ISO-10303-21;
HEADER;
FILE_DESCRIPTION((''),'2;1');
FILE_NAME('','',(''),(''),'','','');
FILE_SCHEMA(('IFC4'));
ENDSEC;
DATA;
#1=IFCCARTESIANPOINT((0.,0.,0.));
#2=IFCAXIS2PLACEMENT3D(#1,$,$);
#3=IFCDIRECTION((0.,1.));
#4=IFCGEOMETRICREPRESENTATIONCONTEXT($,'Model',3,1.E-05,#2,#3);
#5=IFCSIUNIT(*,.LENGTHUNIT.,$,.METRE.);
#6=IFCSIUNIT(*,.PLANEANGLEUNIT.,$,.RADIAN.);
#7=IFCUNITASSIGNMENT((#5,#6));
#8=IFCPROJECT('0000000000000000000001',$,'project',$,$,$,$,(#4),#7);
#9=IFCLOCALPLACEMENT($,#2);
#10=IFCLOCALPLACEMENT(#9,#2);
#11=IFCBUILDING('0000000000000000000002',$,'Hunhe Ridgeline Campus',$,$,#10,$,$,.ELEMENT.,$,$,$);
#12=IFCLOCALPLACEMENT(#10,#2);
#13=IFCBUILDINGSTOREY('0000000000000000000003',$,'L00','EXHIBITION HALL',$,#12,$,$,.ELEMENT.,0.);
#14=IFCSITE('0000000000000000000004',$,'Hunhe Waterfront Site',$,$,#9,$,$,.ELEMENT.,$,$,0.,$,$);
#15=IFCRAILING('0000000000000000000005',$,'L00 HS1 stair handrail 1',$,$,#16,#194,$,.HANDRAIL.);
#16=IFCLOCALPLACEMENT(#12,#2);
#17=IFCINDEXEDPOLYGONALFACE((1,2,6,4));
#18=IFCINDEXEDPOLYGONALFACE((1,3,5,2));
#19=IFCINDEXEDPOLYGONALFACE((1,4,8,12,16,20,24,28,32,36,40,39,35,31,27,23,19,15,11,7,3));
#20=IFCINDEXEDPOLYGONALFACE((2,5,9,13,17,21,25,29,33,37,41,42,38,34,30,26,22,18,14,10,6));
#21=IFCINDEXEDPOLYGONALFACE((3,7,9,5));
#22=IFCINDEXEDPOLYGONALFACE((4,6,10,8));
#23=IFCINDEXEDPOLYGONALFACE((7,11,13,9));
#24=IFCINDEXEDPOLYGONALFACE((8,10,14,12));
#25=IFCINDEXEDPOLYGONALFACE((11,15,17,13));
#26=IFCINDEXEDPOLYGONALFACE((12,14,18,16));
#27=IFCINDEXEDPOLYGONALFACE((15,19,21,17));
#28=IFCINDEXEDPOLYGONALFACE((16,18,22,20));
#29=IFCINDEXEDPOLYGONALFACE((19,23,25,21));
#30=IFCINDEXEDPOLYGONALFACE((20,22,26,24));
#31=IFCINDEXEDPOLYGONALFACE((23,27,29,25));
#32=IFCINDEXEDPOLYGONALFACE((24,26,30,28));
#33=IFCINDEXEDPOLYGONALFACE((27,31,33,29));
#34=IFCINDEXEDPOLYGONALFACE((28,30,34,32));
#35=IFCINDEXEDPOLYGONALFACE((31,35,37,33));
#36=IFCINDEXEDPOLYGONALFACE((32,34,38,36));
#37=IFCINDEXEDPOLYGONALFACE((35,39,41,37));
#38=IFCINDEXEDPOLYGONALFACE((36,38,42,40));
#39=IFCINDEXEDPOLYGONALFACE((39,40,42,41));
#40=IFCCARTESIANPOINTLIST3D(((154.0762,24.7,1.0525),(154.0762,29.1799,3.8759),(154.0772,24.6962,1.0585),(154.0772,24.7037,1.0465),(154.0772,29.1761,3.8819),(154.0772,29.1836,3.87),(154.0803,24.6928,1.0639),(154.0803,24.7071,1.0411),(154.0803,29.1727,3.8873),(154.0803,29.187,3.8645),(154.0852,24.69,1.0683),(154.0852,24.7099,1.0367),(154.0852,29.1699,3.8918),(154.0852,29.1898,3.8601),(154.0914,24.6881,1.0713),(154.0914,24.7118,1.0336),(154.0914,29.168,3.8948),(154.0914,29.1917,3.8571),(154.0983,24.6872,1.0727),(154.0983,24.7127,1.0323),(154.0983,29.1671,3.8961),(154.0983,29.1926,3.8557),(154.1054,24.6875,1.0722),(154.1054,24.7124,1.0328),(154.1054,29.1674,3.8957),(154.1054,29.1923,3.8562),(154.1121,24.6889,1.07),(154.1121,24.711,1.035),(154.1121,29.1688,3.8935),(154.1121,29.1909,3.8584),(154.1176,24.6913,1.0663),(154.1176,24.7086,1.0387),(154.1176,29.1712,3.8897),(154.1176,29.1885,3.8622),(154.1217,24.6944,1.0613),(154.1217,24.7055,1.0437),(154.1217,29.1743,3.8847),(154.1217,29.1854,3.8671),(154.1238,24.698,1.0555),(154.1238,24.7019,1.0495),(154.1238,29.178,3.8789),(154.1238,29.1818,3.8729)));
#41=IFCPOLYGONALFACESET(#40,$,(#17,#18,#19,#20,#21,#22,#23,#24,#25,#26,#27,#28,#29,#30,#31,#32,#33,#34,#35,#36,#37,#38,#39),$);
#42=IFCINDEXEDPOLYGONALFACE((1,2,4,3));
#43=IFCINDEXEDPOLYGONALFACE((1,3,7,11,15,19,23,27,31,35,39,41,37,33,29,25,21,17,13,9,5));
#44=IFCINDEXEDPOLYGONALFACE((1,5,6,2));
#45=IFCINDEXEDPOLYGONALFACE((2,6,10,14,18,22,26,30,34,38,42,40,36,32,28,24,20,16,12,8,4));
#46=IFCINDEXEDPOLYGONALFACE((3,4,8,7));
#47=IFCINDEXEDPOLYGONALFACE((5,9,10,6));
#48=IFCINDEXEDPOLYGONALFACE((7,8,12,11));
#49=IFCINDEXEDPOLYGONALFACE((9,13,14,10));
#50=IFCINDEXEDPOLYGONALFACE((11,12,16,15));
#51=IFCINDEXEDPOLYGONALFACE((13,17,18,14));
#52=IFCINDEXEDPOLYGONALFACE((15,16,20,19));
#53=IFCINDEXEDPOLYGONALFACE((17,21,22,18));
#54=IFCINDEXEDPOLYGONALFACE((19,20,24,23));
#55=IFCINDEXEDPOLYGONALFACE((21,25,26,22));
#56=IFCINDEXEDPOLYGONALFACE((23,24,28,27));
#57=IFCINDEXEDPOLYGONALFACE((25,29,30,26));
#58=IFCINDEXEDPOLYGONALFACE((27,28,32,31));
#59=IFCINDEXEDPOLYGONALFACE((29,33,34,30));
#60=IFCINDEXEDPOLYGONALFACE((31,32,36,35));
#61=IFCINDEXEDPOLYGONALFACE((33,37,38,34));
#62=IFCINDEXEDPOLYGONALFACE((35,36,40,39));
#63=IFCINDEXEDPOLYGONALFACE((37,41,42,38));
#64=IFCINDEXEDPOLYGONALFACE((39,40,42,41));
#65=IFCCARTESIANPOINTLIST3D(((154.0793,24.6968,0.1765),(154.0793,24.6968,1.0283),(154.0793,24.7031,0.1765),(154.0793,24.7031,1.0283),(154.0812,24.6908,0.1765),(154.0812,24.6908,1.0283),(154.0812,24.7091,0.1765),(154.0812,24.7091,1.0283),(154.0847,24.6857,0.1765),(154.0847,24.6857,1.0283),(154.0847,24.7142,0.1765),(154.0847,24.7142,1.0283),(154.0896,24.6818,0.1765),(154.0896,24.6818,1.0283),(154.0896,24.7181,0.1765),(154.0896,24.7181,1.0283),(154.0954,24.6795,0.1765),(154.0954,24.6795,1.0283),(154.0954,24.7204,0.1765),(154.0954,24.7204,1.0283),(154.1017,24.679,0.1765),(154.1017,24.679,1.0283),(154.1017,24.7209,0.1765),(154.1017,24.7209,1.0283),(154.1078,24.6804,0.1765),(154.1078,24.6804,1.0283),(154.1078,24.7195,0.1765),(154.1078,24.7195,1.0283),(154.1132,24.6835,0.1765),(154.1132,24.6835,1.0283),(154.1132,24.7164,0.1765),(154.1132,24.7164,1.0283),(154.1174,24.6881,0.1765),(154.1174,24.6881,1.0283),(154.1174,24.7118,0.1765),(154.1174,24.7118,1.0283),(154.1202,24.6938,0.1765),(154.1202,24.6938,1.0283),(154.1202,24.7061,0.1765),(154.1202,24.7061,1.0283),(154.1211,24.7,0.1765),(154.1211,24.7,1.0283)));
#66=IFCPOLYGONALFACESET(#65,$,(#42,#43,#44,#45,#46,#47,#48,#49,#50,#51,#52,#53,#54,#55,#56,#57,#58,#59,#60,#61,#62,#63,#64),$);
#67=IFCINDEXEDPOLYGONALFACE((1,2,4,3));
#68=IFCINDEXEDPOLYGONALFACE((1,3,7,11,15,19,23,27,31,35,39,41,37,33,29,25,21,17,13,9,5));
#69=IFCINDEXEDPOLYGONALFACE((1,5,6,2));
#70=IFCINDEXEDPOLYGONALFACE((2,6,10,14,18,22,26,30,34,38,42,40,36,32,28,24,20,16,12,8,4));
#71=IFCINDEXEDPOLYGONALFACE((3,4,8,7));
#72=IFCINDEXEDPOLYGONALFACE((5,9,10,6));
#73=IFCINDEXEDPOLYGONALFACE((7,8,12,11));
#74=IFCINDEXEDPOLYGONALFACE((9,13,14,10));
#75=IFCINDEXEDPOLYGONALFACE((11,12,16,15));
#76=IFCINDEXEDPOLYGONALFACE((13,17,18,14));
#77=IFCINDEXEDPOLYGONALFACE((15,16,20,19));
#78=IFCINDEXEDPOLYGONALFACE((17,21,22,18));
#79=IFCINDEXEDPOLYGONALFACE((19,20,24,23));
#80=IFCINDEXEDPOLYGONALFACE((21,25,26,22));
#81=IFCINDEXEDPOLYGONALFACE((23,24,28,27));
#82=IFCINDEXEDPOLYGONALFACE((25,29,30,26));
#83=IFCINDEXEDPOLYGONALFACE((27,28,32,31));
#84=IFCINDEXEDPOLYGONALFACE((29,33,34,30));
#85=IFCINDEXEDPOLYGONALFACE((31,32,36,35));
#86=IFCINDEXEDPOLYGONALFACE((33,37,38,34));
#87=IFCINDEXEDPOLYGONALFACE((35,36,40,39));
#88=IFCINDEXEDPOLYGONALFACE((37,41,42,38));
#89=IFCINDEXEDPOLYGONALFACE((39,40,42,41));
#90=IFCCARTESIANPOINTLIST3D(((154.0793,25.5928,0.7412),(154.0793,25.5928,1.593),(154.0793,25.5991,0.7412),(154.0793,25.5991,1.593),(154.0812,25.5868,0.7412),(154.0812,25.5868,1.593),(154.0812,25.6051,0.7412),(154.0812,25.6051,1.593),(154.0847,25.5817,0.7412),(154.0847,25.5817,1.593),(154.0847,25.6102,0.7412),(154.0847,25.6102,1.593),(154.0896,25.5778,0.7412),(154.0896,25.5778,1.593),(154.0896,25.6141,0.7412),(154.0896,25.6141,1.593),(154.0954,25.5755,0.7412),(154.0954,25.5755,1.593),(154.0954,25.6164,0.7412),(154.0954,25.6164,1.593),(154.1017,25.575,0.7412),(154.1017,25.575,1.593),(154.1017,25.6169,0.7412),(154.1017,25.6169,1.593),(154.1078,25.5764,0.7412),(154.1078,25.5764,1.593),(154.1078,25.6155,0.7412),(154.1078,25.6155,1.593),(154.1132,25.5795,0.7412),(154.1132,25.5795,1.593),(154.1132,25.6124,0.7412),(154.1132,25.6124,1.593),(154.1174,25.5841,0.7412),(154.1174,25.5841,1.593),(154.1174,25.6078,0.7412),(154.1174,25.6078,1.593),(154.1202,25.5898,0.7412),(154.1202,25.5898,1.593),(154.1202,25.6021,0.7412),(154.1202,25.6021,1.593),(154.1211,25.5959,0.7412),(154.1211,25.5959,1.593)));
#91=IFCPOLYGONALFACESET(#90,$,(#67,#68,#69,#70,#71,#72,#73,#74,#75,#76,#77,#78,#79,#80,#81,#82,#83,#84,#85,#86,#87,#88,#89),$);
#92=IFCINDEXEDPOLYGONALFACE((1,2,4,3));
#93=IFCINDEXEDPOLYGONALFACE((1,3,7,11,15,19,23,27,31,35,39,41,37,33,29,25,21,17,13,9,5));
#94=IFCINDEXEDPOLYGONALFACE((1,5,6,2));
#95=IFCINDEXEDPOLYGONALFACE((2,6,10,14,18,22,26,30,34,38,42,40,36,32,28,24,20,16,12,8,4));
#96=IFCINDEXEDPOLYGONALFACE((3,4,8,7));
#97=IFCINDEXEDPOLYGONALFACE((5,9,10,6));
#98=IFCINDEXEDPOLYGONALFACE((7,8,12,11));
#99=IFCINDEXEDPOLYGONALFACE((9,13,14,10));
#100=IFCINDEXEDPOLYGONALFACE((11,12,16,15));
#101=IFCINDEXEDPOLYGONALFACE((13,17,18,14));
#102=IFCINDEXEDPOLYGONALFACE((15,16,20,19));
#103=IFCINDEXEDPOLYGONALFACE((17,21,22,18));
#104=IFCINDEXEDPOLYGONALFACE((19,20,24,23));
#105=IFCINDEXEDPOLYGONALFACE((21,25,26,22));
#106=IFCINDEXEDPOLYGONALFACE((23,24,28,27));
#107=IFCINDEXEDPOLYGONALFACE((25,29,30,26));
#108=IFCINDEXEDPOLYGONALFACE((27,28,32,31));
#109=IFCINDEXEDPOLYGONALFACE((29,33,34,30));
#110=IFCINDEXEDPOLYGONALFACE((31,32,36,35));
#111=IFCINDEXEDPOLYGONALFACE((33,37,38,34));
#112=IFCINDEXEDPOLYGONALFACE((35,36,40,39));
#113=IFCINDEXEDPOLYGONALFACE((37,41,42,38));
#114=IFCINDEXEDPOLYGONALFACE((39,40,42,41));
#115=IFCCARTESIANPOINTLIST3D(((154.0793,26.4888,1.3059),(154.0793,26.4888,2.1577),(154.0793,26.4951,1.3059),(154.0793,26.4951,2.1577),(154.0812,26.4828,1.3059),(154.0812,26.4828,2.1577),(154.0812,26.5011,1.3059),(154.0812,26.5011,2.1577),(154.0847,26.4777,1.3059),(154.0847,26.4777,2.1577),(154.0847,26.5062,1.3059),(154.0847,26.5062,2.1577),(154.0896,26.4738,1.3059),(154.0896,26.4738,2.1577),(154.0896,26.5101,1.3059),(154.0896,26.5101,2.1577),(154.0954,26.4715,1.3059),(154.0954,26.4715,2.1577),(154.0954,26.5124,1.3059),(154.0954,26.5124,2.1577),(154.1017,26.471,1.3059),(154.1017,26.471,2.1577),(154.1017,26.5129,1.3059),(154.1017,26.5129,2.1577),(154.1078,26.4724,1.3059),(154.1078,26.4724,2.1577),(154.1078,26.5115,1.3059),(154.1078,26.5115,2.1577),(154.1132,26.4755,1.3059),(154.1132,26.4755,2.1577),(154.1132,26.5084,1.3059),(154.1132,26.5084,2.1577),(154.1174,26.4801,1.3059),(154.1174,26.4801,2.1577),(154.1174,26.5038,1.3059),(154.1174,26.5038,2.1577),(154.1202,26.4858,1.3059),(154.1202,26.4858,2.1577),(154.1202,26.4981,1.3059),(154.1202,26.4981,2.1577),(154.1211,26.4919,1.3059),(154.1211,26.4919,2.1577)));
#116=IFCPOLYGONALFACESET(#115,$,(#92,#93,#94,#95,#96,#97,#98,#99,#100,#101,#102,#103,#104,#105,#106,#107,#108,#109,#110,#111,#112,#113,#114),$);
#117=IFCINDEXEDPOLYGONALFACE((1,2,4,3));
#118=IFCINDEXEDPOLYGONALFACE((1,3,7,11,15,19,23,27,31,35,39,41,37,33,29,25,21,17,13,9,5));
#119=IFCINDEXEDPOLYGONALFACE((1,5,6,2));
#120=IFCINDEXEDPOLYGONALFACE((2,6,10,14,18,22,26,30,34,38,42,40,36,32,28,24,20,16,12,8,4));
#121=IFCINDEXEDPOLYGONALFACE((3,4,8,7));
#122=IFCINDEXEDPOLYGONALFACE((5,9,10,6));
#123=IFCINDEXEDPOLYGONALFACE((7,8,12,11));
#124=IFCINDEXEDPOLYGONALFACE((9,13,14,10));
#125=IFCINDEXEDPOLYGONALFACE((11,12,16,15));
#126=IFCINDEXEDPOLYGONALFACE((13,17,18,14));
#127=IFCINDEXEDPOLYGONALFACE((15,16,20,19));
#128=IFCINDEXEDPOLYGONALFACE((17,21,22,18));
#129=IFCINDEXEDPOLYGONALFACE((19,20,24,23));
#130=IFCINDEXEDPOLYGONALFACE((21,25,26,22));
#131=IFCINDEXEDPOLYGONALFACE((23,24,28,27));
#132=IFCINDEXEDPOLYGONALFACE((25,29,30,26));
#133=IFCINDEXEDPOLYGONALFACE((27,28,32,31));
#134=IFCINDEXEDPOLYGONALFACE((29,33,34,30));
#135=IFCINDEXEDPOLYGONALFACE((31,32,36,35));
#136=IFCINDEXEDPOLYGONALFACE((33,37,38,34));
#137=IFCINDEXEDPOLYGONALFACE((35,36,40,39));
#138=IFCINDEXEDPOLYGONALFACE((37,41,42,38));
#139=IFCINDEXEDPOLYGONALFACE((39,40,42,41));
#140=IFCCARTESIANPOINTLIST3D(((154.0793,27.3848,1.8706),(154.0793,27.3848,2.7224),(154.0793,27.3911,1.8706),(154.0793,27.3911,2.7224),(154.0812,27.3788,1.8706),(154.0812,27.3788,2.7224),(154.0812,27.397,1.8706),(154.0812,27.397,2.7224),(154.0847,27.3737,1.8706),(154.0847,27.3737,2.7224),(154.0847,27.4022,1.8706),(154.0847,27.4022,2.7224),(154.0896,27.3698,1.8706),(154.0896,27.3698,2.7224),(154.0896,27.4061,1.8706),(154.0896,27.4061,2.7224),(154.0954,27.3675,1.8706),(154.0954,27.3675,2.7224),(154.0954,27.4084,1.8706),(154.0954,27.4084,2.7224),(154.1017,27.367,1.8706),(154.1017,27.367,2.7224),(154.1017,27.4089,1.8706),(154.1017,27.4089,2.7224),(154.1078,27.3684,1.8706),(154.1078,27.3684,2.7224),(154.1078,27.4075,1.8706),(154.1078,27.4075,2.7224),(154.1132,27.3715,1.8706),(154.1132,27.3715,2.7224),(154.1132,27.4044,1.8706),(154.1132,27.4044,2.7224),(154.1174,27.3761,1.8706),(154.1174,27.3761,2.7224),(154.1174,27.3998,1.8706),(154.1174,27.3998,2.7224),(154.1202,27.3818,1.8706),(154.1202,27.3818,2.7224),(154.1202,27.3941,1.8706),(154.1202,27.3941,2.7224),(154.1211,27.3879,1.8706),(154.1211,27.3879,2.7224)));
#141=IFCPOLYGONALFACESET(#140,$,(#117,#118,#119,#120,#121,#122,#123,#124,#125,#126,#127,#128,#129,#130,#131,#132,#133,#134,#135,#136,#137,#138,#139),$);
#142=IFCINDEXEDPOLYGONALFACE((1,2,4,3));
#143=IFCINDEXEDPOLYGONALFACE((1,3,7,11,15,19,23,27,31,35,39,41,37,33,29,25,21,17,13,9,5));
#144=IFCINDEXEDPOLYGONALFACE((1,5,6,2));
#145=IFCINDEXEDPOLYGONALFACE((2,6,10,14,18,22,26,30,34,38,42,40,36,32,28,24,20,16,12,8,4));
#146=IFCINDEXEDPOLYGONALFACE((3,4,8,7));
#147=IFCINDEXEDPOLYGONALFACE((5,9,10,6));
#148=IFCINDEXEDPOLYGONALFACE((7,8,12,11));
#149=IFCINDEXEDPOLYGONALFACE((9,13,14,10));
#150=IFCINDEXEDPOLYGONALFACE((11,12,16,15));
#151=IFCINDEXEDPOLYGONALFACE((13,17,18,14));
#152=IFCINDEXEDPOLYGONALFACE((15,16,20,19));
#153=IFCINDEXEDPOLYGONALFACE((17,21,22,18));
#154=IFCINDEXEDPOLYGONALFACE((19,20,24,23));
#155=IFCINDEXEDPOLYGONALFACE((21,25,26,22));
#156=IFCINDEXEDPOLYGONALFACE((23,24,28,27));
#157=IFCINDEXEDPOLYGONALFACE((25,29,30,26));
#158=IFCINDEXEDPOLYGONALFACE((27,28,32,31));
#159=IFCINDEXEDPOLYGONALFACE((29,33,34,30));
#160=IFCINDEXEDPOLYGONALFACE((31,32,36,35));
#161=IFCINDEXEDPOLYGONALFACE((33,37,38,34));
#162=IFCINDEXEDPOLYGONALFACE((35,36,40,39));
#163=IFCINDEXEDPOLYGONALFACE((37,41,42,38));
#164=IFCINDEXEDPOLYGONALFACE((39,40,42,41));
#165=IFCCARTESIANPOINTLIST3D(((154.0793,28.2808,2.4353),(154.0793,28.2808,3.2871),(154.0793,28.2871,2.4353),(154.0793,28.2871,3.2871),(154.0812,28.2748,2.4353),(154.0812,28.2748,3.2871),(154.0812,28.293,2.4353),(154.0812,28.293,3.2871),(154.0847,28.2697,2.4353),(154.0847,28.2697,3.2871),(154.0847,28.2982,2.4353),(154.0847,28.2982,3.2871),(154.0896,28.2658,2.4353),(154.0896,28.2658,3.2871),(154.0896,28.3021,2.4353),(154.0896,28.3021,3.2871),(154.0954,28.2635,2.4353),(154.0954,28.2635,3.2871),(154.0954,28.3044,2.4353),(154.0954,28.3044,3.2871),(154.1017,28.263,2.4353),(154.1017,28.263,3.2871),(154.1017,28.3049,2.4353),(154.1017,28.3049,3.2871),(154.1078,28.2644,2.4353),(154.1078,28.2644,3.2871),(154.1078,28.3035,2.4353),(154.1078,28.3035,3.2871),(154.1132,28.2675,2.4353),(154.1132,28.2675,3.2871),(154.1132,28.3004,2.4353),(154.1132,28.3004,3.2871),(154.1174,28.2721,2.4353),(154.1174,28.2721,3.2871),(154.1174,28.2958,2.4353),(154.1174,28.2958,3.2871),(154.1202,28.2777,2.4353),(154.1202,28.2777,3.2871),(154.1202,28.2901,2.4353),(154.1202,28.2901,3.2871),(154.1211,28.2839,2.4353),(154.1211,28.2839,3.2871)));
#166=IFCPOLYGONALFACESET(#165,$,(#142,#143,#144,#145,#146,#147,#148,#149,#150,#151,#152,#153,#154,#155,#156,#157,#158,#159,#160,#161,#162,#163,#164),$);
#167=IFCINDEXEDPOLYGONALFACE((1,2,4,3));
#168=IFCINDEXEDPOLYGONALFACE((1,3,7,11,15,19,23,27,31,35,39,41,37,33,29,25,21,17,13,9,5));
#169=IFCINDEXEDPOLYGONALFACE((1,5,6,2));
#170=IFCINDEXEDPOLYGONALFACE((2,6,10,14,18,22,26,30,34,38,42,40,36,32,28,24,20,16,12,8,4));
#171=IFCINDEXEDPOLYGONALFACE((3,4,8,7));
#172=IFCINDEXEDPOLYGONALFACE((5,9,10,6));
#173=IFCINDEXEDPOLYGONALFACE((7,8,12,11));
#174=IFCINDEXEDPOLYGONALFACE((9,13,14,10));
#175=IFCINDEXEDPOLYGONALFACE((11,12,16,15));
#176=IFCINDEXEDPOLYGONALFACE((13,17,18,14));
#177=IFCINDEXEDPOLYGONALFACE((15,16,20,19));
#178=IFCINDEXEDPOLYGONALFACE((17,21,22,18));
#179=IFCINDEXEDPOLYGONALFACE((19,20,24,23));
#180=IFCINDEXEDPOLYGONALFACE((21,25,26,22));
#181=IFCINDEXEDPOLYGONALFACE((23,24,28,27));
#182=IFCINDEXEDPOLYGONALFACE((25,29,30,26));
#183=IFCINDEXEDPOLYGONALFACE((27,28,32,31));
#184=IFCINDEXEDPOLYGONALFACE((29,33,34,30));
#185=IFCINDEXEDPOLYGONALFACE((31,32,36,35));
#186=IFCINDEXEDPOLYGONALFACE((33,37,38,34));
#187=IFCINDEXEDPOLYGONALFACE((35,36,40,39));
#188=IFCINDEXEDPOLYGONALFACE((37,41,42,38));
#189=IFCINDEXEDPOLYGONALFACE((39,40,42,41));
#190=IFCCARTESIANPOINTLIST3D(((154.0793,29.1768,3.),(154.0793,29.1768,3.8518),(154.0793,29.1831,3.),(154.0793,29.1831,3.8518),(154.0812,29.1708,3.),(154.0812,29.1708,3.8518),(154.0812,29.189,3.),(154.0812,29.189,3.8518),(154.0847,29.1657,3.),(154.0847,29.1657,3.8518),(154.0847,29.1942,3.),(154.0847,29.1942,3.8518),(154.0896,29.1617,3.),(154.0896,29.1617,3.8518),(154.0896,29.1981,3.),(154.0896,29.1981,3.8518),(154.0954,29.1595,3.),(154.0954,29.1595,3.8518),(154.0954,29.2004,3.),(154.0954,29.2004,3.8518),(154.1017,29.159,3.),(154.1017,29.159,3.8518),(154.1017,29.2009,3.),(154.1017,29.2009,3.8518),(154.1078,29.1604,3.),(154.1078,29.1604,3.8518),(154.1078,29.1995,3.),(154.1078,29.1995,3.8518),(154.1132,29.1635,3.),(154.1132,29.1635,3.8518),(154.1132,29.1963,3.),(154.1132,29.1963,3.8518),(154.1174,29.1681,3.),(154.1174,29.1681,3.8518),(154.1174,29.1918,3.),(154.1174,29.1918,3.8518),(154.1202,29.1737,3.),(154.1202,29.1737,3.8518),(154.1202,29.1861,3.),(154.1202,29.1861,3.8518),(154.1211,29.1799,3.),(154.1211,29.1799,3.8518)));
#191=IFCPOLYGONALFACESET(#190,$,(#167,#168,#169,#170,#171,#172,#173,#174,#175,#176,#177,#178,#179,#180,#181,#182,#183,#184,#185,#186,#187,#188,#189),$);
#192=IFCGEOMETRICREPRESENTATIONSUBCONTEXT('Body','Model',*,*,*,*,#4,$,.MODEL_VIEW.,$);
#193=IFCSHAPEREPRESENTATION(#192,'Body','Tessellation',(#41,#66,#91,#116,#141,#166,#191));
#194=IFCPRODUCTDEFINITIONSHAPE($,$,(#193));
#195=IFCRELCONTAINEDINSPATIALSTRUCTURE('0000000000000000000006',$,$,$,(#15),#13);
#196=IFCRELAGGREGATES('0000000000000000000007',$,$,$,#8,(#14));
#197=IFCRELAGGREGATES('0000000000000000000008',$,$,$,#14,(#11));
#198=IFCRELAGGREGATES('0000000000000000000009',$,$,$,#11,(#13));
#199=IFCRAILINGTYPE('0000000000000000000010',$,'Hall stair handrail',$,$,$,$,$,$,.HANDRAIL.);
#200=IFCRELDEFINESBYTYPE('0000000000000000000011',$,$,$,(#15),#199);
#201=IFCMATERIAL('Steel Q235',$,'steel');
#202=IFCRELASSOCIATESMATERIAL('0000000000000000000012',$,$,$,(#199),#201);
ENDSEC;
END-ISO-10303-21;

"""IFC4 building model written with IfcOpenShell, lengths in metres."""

from ifc_helpers import new_model, si_unit, direction, frame, origin, origin_2d, place, context, subcontext, project, spatial, circle, extrude, material, type_object, element, save


model = new_model("IFC4")

# Units and contexts
model_context = context("Model", 3, precision=1e-05, world=origin(), true_north=direction((0.0, 1.0)))
body_context = subcontext(model_context, "Body", "Model", "MODEL_VIEW")
ifc_project = project(units=[si_unit("LENGTHUNIT", "METRE"), si_unit("PLANEANGLEUNIT", "RADIAN")], contexts=[model_context])

# Site, building, storey
site_placement = place(None, origin())
site = spatial("IfcSite", under=ifc_project, at=site_placement, Name="Hunhe Waterfront Site", CompositionType="ELEMENT", RefElevation=0.0)
building_placement = place(site_placement, origin())
building = spatial("IfcBuilding", under=site, at=building_placement, Name="Hunhe Ridgeline Campus", CompositionType="ELEMENT")
storey_placement = place(building_placement, origin())
storey = spatial("IfcBuildingStorey", under=building, at=storey_placement, Name="L00", Description="EXHIBITION HALL", CompositionType="ELEMENT", Elevation=0.0)

# Shared definitions
ifc_material_1 = material(Name="Steel Q235", Category="steel")

# Railing
railing_type_1 = type_object("IfcRailingType", Name="Hall stair handrail", PredefinedType="HANDRAIL", material=ifc_material_1)
railing_1_placement = place(storey_placement, frame((154.1001, 24.7, 0.1765)))
element("IfcRailing", 1, at=railing_1_placement, inside=storey, type_object=railing_type_1, Name="L00 HS1 stair handrail 1", PredefinedType="HANDRAIL", context=body_context, shape_type="SweptSolid", body=[
    extrude(circle(Radius=0.0239, at=origin_2d()), frame((0.0, 0.0, 0.876), z_axis=(0.0, 0.845998, 0.533186), x_axis=(-1.0, 0.0, 0.0)), (0.0, 0.0, 1.0), 5.2954),
    extrude(circle(Radius=0.021, at=origin_2d()), origin(), (0.0, 0.0, 1.0), 0.8518),
    extrude(circle(Radius=0.021, at=origin_2d()), frame((0.0, 0.896, 0.5647)), (0.0, 0.0, 1.0), 0.8518),
    extrude(circle(Radius=0.021, at=origin_2d()), frame((0.0, 1.792, 1.1294)), (0.0, 0.0, 1.0), 0.8518),
    extrude(circle(Radius=0.021, at=origin_2d()), frame((0.0, 2.688, 1.6941)), (0.0, 0.0, 1.0), 0.8518),
    extrude(circle(Radius=0.021, at=origin_2d()), frame((0.0, 3.584, 2.2588)), (0.0, 0.0, 1.0), 0.8518),
    extrude(circle(Radius=0.021, at=origin_2d()), frame((0.0, 4.48, 2.8235)), (0.0, 0.0, 1.0), 0.8518),
])

save(model, "model.ifc")
